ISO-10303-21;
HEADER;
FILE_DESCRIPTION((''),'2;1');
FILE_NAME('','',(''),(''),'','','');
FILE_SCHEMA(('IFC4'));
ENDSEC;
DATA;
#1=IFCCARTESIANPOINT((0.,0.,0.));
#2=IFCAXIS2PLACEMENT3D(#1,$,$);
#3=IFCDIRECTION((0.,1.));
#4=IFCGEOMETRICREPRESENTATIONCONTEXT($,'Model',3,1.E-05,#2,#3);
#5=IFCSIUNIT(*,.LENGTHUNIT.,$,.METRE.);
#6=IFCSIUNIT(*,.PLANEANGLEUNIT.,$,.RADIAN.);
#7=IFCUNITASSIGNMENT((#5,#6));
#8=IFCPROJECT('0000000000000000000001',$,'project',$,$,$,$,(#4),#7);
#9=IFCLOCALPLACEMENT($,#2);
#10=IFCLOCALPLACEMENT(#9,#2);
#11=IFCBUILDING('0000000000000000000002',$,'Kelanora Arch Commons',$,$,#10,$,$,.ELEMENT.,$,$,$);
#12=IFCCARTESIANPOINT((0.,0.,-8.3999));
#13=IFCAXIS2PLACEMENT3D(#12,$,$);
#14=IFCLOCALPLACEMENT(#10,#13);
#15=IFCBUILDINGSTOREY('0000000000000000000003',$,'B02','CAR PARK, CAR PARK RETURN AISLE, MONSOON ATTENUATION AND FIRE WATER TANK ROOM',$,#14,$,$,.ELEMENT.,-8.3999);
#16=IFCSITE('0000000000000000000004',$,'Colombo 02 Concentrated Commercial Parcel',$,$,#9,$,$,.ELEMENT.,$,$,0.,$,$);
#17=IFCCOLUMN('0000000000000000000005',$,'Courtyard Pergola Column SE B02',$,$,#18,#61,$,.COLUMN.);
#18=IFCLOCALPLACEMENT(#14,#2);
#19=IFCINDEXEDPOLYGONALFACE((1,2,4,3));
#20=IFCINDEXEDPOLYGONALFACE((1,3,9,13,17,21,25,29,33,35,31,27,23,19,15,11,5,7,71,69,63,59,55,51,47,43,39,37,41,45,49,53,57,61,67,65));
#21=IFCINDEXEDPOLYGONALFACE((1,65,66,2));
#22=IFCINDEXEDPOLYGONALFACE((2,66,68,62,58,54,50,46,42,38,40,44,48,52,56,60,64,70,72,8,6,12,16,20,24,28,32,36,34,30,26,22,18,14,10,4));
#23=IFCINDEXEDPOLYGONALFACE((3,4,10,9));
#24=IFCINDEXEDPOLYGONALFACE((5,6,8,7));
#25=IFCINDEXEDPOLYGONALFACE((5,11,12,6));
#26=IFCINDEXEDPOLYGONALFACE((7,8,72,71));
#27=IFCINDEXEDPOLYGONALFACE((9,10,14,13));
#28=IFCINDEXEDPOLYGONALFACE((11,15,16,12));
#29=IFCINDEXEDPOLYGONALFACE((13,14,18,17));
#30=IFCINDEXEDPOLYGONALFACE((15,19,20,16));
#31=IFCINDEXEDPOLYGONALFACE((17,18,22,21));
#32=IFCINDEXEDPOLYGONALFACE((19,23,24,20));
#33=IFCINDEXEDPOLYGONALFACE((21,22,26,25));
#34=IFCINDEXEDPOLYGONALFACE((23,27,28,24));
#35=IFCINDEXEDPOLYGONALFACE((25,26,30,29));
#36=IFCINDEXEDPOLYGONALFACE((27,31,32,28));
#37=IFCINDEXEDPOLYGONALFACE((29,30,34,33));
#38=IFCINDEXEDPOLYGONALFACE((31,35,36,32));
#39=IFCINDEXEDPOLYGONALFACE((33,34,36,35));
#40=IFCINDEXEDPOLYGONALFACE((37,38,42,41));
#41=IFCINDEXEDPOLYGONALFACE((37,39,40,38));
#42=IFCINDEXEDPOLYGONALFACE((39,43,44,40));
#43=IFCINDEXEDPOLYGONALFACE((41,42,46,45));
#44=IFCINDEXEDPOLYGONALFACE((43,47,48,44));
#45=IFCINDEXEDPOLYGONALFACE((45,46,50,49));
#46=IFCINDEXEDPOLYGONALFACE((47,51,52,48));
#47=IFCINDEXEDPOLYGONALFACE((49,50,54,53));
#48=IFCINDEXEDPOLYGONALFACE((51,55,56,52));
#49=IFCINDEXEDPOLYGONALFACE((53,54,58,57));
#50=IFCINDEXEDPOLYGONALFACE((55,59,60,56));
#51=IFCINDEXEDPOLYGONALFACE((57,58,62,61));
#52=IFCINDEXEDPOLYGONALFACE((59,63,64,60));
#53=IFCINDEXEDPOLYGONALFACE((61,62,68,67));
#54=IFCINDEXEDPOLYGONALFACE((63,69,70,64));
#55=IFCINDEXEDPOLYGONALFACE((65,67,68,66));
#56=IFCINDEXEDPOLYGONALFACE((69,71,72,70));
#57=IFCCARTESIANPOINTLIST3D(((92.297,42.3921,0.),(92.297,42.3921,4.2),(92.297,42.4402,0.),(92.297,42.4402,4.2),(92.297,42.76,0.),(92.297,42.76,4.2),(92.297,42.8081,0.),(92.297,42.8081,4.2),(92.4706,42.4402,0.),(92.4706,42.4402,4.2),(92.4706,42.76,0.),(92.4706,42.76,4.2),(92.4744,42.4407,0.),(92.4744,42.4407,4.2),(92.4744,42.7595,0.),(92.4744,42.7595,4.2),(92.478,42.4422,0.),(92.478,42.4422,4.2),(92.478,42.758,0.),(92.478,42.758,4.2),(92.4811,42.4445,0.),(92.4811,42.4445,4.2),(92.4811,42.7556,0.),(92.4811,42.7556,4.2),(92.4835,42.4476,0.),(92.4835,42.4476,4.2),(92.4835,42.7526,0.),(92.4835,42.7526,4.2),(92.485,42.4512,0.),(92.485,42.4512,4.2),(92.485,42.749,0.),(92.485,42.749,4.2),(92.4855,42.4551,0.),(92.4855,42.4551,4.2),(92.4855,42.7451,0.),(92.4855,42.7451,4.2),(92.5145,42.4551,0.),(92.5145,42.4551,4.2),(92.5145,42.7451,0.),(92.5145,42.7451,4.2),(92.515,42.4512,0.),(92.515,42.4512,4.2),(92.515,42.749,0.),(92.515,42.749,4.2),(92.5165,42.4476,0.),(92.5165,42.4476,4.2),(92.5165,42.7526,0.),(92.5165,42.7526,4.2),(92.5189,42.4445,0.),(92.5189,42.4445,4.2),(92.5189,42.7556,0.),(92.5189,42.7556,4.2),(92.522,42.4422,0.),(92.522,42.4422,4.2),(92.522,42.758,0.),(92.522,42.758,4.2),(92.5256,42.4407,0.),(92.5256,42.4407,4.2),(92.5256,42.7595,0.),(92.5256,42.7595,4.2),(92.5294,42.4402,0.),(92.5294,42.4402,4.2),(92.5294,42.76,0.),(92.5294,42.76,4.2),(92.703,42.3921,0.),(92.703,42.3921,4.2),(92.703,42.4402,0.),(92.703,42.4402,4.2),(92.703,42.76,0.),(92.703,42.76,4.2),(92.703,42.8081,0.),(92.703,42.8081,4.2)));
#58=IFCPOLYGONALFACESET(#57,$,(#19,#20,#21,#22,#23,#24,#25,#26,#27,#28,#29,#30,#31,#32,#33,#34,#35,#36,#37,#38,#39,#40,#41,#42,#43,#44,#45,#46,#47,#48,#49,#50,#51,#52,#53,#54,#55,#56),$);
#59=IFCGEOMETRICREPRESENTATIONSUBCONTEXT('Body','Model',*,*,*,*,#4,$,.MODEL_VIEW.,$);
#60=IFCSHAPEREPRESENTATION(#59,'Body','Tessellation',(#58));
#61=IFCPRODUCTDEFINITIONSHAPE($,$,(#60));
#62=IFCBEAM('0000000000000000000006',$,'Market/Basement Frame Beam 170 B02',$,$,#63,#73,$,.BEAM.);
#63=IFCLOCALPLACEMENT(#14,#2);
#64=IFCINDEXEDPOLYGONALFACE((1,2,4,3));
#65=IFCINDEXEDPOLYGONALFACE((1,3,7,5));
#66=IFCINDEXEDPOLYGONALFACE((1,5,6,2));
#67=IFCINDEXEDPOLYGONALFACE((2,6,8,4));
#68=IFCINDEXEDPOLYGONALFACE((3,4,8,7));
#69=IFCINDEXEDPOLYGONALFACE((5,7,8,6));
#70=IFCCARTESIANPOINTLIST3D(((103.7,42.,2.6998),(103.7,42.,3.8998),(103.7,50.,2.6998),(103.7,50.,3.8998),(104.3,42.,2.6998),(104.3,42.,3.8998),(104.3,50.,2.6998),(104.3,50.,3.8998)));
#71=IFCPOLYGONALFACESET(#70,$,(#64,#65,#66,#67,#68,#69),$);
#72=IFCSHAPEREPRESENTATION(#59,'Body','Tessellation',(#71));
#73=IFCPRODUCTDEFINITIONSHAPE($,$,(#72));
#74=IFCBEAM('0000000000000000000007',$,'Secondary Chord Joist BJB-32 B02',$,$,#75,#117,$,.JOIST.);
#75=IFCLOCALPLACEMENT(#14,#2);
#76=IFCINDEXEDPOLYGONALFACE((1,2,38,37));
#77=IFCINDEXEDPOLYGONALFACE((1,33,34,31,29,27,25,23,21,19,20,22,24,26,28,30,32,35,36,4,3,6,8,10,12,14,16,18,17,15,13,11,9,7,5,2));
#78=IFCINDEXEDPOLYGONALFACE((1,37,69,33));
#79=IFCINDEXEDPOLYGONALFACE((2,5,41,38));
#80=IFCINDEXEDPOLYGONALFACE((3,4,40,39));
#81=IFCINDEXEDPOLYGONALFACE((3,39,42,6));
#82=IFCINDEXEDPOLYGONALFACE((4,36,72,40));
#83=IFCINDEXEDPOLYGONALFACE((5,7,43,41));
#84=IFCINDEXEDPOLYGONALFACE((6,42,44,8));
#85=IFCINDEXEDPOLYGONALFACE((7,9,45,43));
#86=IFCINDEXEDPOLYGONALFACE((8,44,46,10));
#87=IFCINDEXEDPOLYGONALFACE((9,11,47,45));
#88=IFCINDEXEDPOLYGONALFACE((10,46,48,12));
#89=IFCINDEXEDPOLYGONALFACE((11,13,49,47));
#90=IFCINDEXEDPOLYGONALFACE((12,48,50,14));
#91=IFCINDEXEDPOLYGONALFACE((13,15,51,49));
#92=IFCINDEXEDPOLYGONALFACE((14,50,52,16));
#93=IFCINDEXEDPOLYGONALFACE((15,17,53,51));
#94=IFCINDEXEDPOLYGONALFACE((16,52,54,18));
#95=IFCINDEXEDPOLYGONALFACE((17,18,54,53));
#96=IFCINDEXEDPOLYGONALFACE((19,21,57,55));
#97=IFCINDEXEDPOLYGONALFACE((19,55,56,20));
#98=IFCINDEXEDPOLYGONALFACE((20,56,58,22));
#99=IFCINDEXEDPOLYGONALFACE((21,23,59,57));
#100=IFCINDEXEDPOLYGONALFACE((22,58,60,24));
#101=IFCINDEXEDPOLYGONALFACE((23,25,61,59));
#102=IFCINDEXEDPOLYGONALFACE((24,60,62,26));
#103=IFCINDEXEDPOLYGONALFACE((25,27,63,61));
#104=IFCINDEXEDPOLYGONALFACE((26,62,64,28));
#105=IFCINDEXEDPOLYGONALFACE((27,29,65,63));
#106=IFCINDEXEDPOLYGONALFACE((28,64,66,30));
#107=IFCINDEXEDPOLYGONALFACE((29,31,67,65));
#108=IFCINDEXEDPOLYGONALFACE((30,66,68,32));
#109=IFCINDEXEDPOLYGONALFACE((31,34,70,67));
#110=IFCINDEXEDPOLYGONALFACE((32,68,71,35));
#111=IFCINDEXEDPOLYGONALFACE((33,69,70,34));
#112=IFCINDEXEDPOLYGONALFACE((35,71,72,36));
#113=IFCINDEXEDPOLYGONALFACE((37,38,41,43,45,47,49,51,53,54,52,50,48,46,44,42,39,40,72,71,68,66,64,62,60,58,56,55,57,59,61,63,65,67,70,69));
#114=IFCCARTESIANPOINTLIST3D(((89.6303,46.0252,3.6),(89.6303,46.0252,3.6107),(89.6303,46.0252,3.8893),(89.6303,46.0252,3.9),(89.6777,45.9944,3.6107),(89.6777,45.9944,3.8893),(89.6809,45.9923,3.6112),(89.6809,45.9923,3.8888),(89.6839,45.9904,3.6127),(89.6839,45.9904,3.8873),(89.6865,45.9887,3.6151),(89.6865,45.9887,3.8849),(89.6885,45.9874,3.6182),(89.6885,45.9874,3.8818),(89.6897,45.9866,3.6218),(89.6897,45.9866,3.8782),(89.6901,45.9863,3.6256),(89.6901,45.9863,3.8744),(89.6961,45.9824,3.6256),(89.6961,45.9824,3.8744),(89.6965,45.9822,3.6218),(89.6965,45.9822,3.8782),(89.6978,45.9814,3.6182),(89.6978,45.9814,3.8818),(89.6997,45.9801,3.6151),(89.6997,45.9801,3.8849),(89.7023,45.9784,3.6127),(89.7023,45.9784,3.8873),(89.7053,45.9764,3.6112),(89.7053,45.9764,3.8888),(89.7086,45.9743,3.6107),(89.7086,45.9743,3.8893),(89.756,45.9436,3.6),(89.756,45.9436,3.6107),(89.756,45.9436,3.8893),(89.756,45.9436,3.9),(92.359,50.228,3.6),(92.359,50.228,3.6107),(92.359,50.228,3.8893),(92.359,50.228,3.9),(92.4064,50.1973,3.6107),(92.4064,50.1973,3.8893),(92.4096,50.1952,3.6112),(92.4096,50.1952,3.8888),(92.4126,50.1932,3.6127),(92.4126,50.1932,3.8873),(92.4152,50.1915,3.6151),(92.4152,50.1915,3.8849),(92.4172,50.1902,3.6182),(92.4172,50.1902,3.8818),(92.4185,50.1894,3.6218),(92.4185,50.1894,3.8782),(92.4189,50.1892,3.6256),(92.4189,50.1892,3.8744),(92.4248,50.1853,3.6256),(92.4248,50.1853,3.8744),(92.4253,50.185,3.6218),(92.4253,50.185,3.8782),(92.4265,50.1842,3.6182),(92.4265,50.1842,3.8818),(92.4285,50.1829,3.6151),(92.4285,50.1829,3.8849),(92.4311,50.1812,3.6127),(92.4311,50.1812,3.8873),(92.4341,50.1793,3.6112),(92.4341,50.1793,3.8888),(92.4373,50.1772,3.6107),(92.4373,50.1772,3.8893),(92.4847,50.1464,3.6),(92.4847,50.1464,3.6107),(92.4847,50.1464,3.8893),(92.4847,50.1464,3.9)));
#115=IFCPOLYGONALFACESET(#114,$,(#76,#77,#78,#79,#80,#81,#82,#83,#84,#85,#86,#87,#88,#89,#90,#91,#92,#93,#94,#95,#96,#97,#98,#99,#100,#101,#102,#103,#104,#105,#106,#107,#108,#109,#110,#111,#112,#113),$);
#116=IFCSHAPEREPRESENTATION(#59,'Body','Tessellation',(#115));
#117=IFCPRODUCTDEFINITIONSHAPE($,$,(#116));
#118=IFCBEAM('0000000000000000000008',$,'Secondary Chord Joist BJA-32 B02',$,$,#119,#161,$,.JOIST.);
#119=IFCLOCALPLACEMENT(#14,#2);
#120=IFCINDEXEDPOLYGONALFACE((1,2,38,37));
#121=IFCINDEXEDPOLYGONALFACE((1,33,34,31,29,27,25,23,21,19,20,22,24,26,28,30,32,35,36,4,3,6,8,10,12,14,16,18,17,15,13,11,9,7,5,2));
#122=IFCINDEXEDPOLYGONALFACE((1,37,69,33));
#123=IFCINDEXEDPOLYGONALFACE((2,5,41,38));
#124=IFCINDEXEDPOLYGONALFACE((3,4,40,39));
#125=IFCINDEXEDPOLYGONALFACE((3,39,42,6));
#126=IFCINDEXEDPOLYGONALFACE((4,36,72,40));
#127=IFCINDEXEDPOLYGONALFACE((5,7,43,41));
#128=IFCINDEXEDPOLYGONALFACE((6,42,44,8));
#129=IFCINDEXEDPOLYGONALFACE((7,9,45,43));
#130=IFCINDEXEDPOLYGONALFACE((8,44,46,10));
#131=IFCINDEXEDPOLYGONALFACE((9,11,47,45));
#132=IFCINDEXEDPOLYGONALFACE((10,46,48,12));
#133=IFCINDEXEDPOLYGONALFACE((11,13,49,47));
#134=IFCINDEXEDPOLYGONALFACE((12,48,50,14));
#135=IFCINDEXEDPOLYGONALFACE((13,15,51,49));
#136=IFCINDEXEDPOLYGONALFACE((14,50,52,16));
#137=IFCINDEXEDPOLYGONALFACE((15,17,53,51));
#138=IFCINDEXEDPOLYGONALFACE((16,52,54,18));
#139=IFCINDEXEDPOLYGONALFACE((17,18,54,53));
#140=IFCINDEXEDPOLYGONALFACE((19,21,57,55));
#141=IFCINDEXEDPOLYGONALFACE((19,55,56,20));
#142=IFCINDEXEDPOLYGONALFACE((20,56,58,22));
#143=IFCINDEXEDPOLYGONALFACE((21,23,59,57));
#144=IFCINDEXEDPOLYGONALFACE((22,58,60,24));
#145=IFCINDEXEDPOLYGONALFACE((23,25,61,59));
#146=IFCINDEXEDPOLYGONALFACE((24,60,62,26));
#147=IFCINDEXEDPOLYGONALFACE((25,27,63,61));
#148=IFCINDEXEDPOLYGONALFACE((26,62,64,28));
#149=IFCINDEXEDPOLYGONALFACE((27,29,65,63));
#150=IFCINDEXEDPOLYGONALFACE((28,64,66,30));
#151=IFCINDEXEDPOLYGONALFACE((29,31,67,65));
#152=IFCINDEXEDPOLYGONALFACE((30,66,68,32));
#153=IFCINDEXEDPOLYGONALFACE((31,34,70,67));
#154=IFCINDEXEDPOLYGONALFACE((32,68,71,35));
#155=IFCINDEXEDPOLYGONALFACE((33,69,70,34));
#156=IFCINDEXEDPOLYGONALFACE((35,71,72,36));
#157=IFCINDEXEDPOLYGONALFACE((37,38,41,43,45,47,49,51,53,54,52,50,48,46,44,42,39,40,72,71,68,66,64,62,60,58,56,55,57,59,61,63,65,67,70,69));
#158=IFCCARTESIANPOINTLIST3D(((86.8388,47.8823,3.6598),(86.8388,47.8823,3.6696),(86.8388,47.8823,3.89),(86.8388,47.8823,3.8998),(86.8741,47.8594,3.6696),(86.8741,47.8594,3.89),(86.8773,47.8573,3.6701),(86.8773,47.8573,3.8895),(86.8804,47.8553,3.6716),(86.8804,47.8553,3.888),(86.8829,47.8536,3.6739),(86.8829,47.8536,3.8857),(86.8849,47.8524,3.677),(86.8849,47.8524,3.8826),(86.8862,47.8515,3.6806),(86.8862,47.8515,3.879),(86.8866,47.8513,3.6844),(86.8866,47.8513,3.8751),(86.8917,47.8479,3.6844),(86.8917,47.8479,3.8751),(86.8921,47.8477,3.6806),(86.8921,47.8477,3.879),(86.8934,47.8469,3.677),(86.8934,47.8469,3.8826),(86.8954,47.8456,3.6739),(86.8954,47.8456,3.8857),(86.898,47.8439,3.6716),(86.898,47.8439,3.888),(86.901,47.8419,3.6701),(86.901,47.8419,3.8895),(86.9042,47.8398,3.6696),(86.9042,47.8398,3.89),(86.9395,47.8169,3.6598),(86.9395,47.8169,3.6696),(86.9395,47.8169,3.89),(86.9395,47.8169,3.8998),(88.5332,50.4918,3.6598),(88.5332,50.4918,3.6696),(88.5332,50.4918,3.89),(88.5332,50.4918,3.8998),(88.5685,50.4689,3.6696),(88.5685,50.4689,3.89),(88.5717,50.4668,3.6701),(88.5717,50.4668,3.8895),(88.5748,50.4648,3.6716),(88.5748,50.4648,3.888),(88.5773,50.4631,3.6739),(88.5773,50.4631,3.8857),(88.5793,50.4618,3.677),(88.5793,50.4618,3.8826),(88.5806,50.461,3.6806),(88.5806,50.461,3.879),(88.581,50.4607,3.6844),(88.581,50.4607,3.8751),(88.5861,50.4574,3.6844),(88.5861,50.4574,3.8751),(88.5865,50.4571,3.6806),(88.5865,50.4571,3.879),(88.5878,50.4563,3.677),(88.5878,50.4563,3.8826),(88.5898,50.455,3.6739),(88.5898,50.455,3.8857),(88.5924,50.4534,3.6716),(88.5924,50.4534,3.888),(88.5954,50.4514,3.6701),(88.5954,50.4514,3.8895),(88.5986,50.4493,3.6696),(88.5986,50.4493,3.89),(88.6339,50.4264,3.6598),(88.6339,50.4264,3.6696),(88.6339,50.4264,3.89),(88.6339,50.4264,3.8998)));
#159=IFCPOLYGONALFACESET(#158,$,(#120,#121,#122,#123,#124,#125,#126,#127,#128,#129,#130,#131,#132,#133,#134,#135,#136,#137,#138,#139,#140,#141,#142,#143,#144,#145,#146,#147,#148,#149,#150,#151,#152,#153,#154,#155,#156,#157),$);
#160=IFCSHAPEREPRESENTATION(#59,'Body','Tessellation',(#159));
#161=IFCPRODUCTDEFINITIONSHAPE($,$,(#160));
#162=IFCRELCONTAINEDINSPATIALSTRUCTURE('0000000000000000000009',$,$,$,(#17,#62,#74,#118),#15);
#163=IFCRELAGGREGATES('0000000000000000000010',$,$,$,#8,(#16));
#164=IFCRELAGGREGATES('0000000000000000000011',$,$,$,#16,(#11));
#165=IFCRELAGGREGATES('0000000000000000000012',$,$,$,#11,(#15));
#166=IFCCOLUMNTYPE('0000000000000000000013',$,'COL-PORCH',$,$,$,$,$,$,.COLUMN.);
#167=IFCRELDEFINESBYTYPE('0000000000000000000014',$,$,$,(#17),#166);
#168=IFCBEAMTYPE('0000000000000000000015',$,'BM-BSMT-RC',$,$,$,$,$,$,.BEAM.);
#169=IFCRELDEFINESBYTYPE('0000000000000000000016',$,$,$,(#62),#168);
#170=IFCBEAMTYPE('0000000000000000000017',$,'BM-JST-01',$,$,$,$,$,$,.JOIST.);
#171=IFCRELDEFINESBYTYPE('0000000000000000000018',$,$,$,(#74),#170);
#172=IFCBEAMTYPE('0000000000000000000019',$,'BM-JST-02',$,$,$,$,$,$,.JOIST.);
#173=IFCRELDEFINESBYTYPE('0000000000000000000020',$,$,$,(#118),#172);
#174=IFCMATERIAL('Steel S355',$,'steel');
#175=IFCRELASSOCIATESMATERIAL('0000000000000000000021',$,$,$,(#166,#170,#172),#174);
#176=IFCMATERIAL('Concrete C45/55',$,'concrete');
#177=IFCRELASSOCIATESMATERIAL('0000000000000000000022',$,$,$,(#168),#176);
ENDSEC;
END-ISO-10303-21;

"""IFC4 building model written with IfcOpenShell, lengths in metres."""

from ifc_helpers import new_model, si_unit, direction, frame, origin, origin_2d, place, context, subcontext, project, spatial, rectangle, i_section, extrude, material, material_profile, profile_set, type_object, element, save


model = new_model("IFC4")

# Units and contexts
model_context = context("Model", 3, precision=1e-05, world=origin(), true_north=direction((0.0, 1.0)))
body_context = subcontext(model_context, "Body", "Model", "MODEL_VIEW")
ifc_project = project(units=[si_unit("LENGTHUNIT", "METRE"), si_unit("PLANEANGLEUNIT", "RADIAN")], contexts=[model_context])

# Site, building, storey
site_placement = place(None, origin())
site = spatial("IfcSite", under=ifc_project, at=site_placement, Name="Colombo 02 Concentrated Commercial Parcel", CompositionType="ELEMENT", RefElevation=0.0)
building_placement = place(site_placement, origin())
building = spatial("IfcBuilding", under=site, at=building_placement, Name="Kelanora Arch Commons", CompositionType="ELEMENT")
storey_placement = place(building_placement, frame((0.0, 0.0, -8.3999)))
storey = spatial("IfcBuildingStorey", under=building, at=storey_placement, Name="B02", Description="CAR PARK, CAR PARK RETURN AISLE, MONSOON ATTENUATION AND FIRE WATER TANK ROOM", CompositionType="ELEMENT", Elevation=-8.3999)

# Shared definitions
ifc_material_1 = material(Name="Concrete C45/55", Category="concrete")

# Column
ifc_material_2 = material(Name="Steel S355", Category="steel")
ifc_material_profile_1 = material_profile(ifc_material_2, i_section(OverallWidth=0.406, OverallDepth=0.416, WebThickness=0.0291, FlangeThickness=0.0481, FilletRadius=0.0149, at=origin_2d()), Name="HD400x382")
ifc_profile_set_1 = profile_set([ifc_material_profile_1], Name="Steel S355")
column_type_1 = type_object("IfcColumnType", Name="COL-PORCH", PredefinedType="COLUMN", material=ifc_profile_set_1)
for number, where, z_axis, x_axis, name in (
    (1, (92.5, 42.6001, 0.0), (0.0, 0.0, 1.0), (1.0, 0.0, 0.0), "Courtyard Pergola Column SE B02"),
):
    element("IfcColumn", number, at=place(storey_placement, frame(where, z_axis=z_axis, x_axis=x_axis)), inside=storey, type_object=column_type_1, Name=name, PredefinedType="COLUMN", context=body_context, shape_type="SweptSolid", body=[
        extrude(i_section(OverallWidth=0.406, OverallDepth=0.416, WebThickness=0.0291, FlangeThickness=0.0481, FilletRadius=0.0149, at=origin_2d()), origin(), (0.0, 0.0, 1.0), 4.2),
    ])

# Beams
ifc_material_profile_2 = material_profile(ifc_material_1, rectangle(XDim=0.6001, YDim=1.2, at=origin_2d()), Name="RCB600x1200")
ifc_profile_set_2 = profile_set([ifc_material_profile_2], Name="Concrete C45/55")
beam_type_1 = type_object("IfcBeamType", Name="BM-BSMT-RC", PredefinedType="BEAM", material=ifc_profile_set_2)
beam_1_placement = place(storey_placement, frame((104.0, 42.0, 3.2998), z_axis=(0.0, 1.0, 0.0), x_axis=(-1.0, 0.0, 0.0)))
element("IfcBeam", 2, at=beam_1_placement, inside=storey, type_object=beam_type_1, Name="Market/Basement Frame Beam 170 B02", PredefinedType="BEAM", context=body_context, shape_type="SweptSolid", body=[
    extrude(rectangle(XDim=0.6001, YDim=1.2, at=origin_2d()), origin(), (0.0, 0.0, 1.0), 8.0),
])
ifc_material_profile_3 = material_profile(ifc_material_2, i_section(OverallWidth=0.1499, OverallDepth=0.3, WebThickness=0.0071, FlangeThickness=0.0107, FilletRadius=0.0149, at=origin_2d()), Name="IPE300")
ifc_profile_set_3 = profile_set([ifc_material_profile_3], Name="Steel S355")
beam_type_2 = type_object("IfcBeamType", Name="BM-JST-01", PredefinedType="JOIST", material=ifc_profile_set_3)
beam_2_placement = place(storey_placement, frame((89.6931, 45.9844, 3.75), z_axis=(0.544552, 0.838727, 0.0), x_axis=(-0.838727, 0.544552, 0.0)))
element("IfcBeam", 3, at=beam_2_placement, inside=storey, type_object=beam_type_2, Name="Secondary Chord Joist BJB-32 B02", PredefinedType="JOIST", context=body_context, shape_type="SweptSolid", body=[
    extrude(i_section(OverallWidth=0.1499, OverallDepth=0.3, WebThickness=0.0071, FlangeThickness=0.0107, FilletRadius=0.0149, at=origin_2d()), origin(), (0.0, 0.0, 1.0), 5.011),
])
ifc_material_profile_4 = material_profile(ifc_material_2, i_section(OverallWidth=0.1201, OverallDepth=0.24, WebThickness=0.0061, FlangeThickness=0.0098, FilletRadius=0.0149, at=origin_2d()), Name="IPE240")
ifc_profile_set_4 = profile_set([ifc_material_profile_4], Name="Steel S355")
beam_type_3 = type_object("IfcBeamType", Name="BM-JST-02", PredefinedType="JOIST", material=ifc_profile_set_4)
beam_3_placement = place(storey_placement, frame((86.8892, 47.8496, 3.7798), z_axis=(0.544591, 0.838702, 0.0), x_axis=(-0.838702, 0.544591, 0.0)))
element("IfcBeam", 4, at=beam_3_placement, inside=storey, type_object=beam_type_3, Name="Secondary Chord Joist BJA-32 B02", PredefinedType="JOIST", context=body_context, shape_type="SweptSolid", body=[
    extrude(i_section(OverallWidth=0.1201, OverallDepth=0.24, WebThickness=0.0061, FlangeThickness=0.0098, FilletRadius=0.0149, at=origin_2d()), origin(), (0.0, 0.0, 1.0), 3.1113),
])

save(model, "model.ifc")
